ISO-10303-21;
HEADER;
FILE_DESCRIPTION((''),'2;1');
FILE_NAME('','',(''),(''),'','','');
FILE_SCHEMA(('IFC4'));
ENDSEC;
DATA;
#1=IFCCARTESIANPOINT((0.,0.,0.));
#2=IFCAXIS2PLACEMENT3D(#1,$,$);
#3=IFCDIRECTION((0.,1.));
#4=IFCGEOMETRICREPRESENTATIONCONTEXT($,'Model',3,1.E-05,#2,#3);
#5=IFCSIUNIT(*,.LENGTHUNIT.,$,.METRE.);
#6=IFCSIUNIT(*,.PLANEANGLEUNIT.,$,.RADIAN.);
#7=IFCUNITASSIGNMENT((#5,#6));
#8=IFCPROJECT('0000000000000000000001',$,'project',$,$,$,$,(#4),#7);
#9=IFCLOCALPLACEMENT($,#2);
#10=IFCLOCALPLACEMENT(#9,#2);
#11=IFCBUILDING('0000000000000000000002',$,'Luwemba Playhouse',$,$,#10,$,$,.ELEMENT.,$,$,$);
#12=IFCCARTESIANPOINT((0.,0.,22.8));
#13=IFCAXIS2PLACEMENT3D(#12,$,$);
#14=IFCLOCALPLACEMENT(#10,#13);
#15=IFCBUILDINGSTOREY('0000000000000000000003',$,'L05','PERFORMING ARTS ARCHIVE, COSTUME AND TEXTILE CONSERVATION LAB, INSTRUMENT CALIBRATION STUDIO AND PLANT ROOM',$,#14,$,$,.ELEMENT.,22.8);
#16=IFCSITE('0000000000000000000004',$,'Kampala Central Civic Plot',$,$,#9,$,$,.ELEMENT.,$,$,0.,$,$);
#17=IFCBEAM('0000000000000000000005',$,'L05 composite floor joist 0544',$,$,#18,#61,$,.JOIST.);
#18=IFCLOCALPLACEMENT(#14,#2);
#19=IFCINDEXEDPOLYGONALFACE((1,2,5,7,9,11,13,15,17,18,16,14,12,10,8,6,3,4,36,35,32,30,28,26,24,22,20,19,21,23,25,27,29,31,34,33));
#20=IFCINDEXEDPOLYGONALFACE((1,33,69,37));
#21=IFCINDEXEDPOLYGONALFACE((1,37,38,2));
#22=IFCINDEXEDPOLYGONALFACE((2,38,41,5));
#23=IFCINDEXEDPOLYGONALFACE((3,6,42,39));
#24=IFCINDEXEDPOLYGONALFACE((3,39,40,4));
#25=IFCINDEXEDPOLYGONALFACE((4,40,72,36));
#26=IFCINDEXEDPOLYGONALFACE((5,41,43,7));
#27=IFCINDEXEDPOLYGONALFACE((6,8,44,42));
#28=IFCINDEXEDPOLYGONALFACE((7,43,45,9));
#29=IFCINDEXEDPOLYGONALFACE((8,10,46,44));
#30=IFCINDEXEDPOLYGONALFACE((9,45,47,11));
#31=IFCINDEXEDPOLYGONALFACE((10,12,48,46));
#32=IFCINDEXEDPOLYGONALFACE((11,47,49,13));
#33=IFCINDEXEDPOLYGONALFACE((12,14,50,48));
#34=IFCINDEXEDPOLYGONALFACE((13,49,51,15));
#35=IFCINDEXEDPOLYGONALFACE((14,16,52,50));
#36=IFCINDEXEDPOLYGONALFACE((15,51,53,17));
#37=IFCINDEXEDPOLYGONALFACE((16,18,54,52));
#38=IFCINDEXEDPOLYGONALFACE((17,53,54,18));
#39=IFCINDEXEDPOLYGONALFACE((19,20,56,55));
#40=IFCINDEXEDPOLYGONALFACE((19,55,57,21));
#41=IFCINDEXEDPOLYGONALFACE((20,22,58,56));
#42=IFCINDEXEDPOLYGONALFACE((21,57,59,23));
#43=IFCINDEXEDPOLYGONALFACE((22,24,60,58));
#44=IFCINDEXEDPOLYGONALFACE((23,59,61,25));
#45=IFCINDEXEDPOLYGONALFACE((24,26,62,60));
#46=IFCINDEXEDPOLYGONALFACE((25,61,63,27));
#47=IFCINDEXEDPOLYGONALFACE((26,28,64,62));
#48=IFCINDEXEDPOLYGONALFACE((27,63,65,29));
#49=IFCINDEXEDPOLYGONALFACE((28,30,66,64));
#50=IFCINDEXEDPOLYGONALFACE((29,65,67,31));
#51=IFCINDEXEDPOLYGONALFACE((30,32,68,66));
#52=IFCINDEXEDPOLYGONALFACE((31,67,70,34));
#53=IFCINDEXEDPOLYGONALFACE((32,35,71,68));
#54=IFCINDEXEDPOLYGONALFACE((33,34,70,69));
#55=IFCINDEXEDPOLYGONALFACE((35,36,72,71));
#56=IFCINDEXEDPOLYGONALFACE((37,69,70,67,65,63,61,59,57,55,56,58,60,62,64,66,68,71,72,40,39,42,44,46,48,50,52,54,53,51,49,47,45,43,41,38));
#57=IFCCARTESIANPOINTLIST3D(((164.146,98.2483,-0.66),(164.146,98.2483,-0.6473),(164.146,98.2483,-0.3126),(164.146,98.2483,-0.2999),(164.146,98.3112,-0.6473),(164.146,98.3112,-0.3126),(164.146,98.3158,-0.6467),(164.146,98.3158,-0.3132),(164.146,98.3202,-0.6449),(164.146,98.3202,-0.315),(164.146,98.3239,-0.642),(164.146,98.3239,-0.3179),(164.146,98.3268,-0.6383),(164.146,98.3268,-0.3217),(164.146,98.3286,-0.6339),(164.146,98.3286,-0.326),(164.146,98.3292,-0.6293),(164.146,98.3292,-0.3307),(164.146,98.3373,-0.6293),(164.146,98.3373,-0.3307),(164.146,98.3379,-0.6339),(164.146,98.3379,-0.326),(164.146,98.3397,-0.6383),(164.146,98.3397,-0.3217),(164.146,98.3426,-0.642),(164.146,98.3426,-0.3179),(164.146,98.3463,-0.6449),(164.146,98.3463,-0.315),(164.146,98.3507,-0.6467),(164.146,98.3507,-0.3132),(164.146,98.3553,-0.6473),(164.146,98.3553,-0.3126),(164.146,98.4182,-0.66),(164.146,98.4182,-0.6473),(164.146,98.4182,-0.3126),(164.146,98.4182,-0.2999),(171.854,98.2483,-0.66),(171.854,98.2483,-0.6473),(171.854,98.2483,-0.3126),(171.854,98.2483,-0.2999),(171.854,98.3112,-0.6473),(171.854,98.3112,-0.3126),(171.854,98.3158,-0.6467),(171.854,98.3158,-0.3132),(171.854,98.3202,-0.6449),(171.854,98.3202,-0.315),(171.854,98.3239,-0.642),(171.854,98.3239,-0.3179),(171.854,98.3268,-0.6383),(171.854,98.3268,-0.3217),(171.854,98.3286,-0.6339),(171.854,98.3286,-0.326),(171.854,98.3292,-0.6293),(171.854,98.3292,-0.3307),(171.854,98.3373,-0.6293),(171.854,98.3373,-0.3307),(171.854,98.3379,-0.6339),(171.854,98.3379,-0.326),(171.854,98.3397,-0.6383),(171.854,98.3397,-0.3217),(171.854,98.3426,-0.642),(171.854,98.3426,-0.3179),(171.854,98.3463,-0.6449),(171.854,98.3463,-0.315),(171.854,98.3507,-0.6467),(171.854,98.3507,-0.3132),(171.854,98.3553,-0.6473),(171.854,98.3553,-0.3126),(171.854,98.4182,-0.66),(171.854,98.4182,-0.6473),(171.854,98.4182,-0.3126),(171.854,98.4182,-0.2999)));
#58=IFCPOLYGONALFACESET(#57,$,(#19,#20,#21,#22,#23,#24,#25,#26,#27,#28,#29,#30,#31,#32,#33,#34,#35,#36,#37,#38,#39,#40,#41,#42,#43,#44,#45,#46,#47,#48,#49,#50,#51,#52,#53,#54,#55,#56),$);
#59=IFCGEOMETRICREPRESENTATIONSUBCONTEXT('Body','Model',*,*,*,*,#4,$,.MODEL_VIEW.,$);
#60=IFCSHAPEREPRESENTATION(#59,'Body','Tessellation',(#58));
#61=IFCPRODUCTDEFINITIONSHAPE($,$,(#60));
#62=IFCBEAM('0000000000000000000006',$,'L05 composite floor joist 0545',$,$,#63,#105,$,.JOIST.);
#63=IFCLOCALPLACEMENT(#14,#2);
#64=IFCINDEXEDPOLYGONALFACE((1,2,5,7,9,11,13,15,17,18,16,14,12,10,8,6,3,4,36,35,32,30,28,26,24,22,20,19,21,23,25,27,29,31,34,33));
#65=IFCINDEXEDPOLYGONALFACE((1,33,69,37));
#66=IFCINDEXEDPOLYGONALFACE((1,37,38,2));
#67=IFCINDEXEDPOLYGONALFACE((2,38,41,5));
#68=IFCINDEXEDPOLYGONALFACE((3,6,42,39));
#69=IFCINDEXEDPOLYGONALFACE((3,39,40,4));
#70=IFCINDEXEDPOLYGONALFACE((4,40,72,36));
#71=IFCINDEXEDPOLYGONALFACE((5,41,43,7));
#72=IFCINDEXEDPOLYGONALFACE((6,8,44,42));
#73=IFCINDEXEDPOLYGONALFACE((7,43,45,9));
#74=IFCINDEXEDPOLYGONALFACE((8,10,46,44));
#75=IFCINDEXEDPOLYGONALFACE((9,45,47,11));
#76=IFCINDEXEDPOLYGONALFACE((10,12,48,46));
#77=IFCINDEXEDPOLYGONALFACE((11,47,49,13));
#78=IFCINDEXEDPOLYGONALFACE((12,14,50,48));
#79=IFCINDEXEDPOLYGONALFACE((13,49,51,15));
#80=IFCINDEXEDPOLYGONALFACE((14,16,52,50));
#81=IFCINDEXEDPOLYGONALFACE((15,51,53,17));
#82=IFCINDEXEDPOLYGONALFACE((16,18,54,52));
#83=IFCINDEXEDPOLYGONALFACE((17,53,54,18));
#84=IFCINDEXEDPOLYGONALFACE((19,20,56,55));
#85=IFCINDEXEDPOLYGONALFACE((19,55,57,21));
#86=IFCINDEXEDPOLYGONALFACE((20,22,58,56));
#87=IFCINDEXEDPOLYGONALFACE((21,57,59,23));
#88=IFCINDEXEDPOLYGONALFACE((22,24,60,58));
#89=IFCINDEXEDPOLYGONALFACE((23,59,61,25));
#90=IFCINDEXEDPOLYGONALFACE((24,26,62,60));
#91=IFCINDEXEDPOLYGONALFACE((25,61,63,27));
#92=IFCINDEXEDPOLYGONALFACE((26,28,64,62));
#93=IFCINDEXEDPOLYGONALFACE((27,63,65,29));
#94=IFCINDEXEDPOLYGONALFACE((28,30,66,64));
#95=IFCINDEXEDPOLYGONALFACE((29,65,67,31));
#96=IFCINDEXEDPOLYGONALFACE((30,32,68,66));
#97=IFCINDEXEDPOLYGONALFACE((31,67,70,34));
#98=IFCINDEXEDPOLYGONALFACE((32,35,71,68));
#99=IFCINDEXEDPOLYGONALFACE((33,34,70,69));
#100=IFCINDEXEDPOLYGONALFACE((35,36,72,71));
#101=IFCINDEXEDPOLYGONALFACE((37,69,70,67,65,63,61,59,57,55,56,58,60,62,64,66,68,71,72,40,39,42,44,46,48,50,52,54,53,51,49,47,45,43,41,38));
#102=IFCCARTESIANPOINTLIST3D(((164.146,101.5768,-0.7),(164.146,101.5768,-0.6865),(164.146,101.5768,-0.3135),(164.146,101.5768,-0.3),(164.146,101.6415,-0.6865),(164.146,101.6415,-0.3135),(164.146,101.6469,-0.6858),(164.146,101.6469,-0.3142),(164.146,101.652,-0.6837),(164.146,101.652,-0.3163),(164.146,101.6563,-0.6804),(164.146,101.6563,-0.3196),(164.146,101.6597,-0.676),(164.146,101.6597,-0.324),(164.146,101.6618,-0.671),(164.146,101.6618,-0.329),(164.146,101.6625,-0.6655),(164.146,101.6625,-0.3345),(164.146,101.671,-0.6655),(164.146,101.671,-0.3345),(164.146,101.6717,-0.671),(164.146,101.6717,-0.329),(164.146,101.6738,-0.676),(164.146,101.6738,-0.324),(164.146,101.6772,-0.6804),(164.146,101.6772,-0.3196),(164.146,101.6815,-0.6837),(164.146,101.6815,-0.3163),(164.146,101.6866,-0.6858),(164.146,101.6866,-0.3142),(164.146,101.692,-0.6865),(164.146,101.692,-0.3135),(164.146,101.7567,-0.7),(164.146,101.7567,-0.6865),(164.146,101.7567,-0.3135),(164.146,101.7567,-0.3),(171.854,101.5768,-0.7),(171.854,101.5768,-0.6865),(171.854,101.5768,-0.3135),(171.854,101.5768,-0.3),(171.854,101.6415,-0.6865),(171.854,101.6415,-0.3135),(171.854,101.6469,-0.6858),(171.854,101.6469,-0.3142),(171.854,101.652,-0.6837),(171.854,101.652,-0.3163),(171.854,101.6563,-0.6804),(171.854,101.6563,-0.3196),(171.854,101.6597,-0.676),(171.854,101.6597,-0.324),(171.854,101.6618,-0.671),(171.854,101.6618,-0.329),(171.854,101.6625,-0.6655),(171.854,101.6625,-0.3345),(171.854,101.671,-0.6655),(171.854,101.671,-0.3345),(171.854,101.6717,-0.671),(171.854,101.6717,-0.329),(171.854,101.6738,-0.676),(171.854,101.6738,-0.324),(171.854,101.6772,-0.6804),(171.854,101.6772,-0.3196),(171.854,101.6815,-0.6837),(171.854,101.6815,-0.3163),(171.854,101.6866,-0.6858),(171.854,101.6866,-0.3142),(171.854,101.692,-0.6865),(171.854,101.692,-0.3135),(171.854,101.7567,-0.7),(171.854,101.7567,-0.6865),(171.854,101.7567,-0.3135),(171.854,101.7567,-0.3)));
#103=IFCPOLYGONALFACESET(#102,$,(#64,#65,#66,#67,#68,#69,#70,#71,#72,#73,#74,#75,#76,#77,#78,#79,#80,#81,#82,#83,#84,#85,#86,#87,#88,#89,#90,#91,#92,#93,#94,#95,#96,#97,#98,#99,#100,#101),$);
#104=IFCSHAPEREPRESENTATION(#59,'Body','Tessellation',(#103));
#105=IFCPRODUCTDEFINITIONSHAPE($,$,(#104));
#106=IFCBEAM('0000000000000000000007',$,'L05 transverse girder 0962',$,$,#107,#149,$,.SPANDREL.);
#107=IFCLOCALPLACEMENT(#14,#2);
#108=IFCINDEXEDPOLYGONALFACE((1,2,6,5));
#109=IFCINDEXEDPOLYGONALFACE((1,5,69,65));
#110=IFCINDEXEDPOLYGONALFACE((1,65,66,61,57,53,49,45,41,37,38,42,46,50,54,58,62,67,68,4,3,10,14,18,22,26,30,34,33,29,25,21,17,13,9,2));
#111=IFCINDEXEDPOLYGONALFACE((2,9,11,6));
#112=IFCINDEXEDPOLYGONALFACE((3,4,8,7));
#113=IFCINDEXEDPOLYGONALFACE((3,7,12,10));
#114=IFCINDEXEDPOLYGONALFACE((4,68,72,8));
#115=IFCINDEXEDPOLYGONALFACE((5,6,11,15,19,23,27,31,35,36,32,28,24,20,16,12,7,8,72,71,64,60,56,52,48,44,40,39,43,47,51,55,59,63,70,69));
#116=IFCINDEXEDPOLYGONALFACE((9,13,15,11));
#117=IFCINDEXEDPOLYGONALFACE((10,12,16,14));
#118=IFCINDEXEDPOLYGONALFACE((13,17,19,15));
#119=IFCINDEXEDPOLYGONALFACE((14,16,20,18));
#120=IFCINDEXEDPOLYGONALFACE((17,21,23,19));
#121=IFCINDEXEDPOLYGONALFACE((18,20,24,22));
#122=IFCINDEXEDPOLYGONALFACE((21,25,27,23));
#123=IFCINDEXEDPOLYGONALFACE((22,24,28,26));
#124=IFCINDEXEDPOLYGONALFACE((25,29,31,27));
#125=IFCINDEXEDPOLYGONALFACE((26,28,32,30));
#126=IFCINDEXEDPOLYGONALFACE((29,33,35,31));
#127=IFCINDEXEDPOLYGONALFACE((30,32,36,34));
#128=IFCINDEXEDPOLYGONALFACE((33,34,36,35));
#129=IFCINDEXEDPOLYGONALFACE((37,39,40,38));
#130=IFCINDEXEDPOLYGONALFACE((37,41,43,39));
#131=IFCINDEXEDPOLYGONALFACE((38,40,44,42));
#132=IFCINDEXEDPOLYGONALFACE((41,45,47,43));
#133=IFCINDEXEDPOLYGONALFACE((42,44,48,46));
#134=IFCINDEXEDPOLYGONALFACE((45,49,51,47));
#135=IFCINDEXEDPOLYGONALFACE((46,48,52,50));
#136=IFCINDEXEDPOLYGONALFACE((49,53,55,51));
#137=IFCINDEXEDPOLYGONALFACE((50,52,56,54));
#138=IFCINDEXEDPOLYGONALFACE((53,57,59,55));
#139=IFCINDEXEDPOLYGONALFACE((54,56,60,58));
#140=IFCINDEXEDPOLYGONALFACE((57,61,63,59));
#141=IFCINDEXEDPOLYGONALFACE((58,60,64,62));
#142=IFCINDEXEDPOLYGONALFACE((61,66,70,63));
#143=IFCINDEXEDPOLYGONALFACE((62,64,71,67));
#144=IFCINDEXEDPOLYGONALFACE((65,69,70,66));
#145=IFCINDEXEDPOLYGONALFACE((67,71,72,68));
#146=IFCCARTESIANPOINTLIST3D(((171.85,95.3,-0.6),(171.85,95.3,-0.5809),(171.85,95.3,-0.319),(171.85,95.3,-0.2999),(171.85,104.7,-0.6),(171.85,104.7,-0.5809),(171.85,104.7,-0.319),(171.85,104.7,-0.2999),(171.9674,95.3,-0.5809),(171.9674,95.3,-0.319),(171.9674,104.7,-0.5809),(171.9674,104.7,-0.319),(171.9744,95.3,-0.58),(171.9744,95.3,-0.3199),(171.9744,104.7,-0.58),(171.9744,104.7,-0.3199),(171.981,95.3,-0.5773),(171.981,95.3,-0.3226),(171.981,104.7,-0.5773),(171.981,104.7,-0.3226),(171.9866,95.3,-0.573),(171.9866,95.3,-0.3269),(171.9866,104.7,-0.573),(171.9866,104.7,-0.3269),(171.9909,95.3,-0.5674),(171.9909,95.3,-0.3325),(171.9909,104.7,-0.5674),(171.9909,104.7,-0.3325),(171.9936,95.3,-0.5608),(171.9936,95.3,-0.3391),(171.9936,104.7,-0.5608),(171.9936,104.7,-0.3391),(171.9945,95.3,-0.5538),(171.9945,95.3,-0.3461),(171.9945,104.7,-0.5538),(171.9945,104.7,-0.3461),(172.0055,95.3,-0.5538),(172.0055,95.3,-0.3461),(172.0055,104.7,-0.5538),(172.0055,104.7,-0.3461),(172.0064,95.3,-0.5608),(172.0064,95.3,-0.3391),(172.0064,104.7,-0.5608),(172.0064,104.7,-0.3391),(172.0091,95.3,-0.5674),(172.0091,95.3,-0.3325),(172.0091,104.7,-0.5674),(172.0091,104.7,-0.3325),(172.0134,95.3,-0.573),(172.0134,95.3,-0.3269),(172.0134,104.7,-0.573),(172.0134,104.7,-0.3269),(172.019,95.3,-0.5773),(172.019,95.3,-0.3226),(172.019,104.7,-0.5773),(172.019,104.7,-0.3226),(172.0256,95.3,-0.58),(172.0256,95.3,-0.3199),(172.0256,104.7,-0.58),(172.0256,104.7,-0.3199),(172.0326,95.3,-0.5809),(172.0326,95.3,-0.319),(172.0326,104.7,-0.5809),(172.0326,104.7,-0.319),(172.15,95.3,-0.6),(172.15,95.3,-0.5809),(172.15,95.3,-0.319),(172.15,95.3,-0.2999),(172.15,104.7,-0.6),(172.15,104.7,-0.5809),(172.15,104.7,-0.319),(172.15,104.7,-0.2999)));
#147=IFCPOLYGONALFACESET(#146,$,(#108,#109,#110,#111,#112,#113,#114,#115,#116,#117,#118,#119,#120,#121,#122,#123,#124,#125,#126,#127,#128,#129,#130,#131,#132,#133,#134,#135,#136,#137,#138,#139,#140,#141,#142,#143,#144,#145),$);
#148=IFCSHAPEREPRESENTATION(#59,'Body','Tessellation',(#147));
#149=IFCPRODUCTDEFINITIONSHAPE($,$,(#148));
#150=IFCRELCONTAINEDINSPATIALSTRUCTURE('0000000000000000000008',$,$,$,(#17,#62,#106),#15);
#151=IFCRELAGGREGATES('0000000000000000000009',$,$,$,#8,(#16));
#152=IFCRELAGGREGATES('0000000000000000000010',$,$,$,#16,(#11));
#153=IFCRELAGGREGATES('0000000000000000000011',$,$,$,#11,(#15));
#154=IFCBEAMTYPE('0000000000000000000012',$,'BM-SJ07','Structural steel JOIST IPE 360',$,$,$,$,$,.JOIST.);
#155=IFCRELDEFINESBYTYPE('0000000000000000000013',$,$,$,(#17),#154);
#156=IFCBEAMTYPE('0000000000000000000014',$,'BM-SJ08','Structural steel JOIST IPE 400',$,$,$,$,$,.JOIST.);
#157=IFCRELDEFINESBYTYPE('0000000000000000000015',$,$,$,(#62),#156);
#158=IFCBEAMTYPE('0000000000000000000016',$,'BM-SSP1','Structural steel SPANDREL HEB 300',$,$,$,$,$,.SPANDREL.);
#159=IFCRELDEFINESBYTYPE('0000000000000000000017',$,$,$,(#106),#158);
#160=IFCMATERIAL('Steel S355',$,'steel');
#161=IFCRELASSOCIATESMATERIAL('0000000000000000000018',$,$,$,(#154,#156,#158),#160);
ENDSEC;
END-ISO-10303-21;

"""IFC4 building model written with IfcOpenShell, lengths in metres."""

from ifc_helpers import new_model, si_unit, direction, frame, origin, origin_2d, place, context, subcontext, project, spatial, i_section, extrude, material, material_profile, profile_set, type_object, element, save


model = new_model("IFC4")

# Units and contexts
model_context = context("Model", 3, precision=1e-05, world=origin(), true_north=direction((0.0, 1.0)))
body_context = subcontext(model_context, "Body", "Model", "MODEL_VIEW")
ifc_project = project(units=[si_unit("LENGTHUNIT", "METRE"), si_unit("PLANEANGLEUNIT", "RADIAN")], contexts=[model_context])

# Site, building, storey
site_placement = place(None, origin())
site = spatial("IfcSite", under=ifc_project, at=site_placement, Name="Kampala Central Civic Plot", CompositionType="ELEMENT", RefElevation=0.0)
building_placement = place(site_placement, origin())
building = spatial("IfcBuilding", under=site, at=building_placement, Name="Luwemba Playhouse", CompositionType="ELEMENT")
storey_placement = place(building_placement, frame((0.0, 0.0, 22.8)))
storey = spatial("IfcBuildingStorey", under=building, at=storey_placement, Name="L05", Description="PERFORMING ARTS ARCHIVE, COSTUME AND TEXTILE CONSERVATION LAB, INSTRUMENT CALIBRATION STUDIO AND PLANT ROOM", CompositionType="ELEMENT", Elevation=22.8)

# Shared definitions
ifc_material_1 = material(Name="Steel S355", Category="steel")

# Beams
ifc_material_profile_1 = material_profile(ifc_material_1, i_section(OverallWidth=0.1699, OverallDepth=0.3601, WebThickness=0.0081, FlangeThickness=0.0127, FilletRadius=0.0181, at=origin_2d()))
ifc_profile_set_1 = profile_set([ifc_material_profile_1], Name="Steel S355")
beam_type_1 = type_object("IfcBeamType", Name="BM-SJ07", Description="Structural steel JOIST IPE 360", PredefinedType="JOIST", material=ifc_profile_set_1)
beam_1_placement = place(storey_placement, frame((164.146, 98.3333, -0.48), z_axis=(1.0, 0.0, 0.0), x_axis=(0.0, 1.0, 0.0)))
element("IfcBeam", 1, at=beam_1_placement, inside=storey, type_object=beam_type_1, Name="L05 composite floor joist 0544", PredefinedType="JOIST", context=body_context, shape_type="SweptSolid", body=[
    extrude(i_section(OverallWidth=0.1699, OverallDepth=0.3601, WebThickness=0.0081, FlangeThickness=0.0127, FilletRadius=0.0181, at=origin_2d()), origin(), (0.0, 0.0, 1.0), 7.708),
])
ifc_material_profile_2 = material_profile(ifc_material_1, i_section(OverallWidth=0.1799, OverallDepth=0.3999, WebThickness=0.0085, FlangeThickness=0.0134, FilletRadius=0.021, at=origin_2d()))
ifc_profile_set_2 = profile_set([ifc_material_profile_2], Name="Steel S355")
beam_type_2 = type_object("IfcBeamType", Name="BM-SJ08", Description="Structural steel JOIST IPE 400", PredefinedType="JOIST", material=ifc_profile_set_2)
beam_2_placement = place(storey_placement, frame((164.146, 101.6667, -0.5), z_axis=(1.0, 0.0, 0.0), x_axis=(0.0, 1.0, 0.0)))
element("IfcBeam", 2, at=beam_2_placement, inside=storey, type_object=beam_type_2, Name="L05 composite floor joist 0545", PredefinedType="JOIST", context=body_context, shape_type="SweptSolid", body=[
    extrude(i_section(OverallWidth=0.1799, OverallDepth=0.3999, WebThickness=0.0085, FlangeThickness=0.0134, FilletRadius=0.021, at=origin_2d()), origin(), (0.0, 0.0, 1.0), 7.708),
])
ifc_material_profile_3 = material_profile(ifc_material_1, i_section(OverallWidth=0.3, OverallDepth=0.3, WebThickness=0.011, FlangeThickness=0.019, FilletRadius=0.0271, at=origin_2d()))
ifc_profile_set_3 = profile_set([ifc_material_profile_3], Name="Steel S355")
beam_type_3 = type_object("IfcBeamType", Name="BM-SSP1", Description="Structural steel SPANDREL HEB 300", PredefinedType="SPANDREL", material=ifc_profile_set_3)
beam_3_placement = place(storey_placement, frame((172.0, 95.3, -0.45), z_axis=(0.0, 1.0, 0.0), x_axis=(-1.0, 0.0, 0.0)))
element("IfcBeam", 3, at=beam_3_placement, inside=storey, type_object=beam_type_3, Name="L05 transverse girder 0962", PredefinedType="SPANDREL", context=body_context, shape_type="SweptSolid", body=[
    extrude(i_section(OverallWidth=0.3, OverallDepth=0.3, WebThickness=0.011, FlangeThickness=0.019, FilletRadius=0.0271, at=origin_2d()), origin(), (0.0, 0.0, 1.0), 9.3999),
])

save(model, "model.ifc")
